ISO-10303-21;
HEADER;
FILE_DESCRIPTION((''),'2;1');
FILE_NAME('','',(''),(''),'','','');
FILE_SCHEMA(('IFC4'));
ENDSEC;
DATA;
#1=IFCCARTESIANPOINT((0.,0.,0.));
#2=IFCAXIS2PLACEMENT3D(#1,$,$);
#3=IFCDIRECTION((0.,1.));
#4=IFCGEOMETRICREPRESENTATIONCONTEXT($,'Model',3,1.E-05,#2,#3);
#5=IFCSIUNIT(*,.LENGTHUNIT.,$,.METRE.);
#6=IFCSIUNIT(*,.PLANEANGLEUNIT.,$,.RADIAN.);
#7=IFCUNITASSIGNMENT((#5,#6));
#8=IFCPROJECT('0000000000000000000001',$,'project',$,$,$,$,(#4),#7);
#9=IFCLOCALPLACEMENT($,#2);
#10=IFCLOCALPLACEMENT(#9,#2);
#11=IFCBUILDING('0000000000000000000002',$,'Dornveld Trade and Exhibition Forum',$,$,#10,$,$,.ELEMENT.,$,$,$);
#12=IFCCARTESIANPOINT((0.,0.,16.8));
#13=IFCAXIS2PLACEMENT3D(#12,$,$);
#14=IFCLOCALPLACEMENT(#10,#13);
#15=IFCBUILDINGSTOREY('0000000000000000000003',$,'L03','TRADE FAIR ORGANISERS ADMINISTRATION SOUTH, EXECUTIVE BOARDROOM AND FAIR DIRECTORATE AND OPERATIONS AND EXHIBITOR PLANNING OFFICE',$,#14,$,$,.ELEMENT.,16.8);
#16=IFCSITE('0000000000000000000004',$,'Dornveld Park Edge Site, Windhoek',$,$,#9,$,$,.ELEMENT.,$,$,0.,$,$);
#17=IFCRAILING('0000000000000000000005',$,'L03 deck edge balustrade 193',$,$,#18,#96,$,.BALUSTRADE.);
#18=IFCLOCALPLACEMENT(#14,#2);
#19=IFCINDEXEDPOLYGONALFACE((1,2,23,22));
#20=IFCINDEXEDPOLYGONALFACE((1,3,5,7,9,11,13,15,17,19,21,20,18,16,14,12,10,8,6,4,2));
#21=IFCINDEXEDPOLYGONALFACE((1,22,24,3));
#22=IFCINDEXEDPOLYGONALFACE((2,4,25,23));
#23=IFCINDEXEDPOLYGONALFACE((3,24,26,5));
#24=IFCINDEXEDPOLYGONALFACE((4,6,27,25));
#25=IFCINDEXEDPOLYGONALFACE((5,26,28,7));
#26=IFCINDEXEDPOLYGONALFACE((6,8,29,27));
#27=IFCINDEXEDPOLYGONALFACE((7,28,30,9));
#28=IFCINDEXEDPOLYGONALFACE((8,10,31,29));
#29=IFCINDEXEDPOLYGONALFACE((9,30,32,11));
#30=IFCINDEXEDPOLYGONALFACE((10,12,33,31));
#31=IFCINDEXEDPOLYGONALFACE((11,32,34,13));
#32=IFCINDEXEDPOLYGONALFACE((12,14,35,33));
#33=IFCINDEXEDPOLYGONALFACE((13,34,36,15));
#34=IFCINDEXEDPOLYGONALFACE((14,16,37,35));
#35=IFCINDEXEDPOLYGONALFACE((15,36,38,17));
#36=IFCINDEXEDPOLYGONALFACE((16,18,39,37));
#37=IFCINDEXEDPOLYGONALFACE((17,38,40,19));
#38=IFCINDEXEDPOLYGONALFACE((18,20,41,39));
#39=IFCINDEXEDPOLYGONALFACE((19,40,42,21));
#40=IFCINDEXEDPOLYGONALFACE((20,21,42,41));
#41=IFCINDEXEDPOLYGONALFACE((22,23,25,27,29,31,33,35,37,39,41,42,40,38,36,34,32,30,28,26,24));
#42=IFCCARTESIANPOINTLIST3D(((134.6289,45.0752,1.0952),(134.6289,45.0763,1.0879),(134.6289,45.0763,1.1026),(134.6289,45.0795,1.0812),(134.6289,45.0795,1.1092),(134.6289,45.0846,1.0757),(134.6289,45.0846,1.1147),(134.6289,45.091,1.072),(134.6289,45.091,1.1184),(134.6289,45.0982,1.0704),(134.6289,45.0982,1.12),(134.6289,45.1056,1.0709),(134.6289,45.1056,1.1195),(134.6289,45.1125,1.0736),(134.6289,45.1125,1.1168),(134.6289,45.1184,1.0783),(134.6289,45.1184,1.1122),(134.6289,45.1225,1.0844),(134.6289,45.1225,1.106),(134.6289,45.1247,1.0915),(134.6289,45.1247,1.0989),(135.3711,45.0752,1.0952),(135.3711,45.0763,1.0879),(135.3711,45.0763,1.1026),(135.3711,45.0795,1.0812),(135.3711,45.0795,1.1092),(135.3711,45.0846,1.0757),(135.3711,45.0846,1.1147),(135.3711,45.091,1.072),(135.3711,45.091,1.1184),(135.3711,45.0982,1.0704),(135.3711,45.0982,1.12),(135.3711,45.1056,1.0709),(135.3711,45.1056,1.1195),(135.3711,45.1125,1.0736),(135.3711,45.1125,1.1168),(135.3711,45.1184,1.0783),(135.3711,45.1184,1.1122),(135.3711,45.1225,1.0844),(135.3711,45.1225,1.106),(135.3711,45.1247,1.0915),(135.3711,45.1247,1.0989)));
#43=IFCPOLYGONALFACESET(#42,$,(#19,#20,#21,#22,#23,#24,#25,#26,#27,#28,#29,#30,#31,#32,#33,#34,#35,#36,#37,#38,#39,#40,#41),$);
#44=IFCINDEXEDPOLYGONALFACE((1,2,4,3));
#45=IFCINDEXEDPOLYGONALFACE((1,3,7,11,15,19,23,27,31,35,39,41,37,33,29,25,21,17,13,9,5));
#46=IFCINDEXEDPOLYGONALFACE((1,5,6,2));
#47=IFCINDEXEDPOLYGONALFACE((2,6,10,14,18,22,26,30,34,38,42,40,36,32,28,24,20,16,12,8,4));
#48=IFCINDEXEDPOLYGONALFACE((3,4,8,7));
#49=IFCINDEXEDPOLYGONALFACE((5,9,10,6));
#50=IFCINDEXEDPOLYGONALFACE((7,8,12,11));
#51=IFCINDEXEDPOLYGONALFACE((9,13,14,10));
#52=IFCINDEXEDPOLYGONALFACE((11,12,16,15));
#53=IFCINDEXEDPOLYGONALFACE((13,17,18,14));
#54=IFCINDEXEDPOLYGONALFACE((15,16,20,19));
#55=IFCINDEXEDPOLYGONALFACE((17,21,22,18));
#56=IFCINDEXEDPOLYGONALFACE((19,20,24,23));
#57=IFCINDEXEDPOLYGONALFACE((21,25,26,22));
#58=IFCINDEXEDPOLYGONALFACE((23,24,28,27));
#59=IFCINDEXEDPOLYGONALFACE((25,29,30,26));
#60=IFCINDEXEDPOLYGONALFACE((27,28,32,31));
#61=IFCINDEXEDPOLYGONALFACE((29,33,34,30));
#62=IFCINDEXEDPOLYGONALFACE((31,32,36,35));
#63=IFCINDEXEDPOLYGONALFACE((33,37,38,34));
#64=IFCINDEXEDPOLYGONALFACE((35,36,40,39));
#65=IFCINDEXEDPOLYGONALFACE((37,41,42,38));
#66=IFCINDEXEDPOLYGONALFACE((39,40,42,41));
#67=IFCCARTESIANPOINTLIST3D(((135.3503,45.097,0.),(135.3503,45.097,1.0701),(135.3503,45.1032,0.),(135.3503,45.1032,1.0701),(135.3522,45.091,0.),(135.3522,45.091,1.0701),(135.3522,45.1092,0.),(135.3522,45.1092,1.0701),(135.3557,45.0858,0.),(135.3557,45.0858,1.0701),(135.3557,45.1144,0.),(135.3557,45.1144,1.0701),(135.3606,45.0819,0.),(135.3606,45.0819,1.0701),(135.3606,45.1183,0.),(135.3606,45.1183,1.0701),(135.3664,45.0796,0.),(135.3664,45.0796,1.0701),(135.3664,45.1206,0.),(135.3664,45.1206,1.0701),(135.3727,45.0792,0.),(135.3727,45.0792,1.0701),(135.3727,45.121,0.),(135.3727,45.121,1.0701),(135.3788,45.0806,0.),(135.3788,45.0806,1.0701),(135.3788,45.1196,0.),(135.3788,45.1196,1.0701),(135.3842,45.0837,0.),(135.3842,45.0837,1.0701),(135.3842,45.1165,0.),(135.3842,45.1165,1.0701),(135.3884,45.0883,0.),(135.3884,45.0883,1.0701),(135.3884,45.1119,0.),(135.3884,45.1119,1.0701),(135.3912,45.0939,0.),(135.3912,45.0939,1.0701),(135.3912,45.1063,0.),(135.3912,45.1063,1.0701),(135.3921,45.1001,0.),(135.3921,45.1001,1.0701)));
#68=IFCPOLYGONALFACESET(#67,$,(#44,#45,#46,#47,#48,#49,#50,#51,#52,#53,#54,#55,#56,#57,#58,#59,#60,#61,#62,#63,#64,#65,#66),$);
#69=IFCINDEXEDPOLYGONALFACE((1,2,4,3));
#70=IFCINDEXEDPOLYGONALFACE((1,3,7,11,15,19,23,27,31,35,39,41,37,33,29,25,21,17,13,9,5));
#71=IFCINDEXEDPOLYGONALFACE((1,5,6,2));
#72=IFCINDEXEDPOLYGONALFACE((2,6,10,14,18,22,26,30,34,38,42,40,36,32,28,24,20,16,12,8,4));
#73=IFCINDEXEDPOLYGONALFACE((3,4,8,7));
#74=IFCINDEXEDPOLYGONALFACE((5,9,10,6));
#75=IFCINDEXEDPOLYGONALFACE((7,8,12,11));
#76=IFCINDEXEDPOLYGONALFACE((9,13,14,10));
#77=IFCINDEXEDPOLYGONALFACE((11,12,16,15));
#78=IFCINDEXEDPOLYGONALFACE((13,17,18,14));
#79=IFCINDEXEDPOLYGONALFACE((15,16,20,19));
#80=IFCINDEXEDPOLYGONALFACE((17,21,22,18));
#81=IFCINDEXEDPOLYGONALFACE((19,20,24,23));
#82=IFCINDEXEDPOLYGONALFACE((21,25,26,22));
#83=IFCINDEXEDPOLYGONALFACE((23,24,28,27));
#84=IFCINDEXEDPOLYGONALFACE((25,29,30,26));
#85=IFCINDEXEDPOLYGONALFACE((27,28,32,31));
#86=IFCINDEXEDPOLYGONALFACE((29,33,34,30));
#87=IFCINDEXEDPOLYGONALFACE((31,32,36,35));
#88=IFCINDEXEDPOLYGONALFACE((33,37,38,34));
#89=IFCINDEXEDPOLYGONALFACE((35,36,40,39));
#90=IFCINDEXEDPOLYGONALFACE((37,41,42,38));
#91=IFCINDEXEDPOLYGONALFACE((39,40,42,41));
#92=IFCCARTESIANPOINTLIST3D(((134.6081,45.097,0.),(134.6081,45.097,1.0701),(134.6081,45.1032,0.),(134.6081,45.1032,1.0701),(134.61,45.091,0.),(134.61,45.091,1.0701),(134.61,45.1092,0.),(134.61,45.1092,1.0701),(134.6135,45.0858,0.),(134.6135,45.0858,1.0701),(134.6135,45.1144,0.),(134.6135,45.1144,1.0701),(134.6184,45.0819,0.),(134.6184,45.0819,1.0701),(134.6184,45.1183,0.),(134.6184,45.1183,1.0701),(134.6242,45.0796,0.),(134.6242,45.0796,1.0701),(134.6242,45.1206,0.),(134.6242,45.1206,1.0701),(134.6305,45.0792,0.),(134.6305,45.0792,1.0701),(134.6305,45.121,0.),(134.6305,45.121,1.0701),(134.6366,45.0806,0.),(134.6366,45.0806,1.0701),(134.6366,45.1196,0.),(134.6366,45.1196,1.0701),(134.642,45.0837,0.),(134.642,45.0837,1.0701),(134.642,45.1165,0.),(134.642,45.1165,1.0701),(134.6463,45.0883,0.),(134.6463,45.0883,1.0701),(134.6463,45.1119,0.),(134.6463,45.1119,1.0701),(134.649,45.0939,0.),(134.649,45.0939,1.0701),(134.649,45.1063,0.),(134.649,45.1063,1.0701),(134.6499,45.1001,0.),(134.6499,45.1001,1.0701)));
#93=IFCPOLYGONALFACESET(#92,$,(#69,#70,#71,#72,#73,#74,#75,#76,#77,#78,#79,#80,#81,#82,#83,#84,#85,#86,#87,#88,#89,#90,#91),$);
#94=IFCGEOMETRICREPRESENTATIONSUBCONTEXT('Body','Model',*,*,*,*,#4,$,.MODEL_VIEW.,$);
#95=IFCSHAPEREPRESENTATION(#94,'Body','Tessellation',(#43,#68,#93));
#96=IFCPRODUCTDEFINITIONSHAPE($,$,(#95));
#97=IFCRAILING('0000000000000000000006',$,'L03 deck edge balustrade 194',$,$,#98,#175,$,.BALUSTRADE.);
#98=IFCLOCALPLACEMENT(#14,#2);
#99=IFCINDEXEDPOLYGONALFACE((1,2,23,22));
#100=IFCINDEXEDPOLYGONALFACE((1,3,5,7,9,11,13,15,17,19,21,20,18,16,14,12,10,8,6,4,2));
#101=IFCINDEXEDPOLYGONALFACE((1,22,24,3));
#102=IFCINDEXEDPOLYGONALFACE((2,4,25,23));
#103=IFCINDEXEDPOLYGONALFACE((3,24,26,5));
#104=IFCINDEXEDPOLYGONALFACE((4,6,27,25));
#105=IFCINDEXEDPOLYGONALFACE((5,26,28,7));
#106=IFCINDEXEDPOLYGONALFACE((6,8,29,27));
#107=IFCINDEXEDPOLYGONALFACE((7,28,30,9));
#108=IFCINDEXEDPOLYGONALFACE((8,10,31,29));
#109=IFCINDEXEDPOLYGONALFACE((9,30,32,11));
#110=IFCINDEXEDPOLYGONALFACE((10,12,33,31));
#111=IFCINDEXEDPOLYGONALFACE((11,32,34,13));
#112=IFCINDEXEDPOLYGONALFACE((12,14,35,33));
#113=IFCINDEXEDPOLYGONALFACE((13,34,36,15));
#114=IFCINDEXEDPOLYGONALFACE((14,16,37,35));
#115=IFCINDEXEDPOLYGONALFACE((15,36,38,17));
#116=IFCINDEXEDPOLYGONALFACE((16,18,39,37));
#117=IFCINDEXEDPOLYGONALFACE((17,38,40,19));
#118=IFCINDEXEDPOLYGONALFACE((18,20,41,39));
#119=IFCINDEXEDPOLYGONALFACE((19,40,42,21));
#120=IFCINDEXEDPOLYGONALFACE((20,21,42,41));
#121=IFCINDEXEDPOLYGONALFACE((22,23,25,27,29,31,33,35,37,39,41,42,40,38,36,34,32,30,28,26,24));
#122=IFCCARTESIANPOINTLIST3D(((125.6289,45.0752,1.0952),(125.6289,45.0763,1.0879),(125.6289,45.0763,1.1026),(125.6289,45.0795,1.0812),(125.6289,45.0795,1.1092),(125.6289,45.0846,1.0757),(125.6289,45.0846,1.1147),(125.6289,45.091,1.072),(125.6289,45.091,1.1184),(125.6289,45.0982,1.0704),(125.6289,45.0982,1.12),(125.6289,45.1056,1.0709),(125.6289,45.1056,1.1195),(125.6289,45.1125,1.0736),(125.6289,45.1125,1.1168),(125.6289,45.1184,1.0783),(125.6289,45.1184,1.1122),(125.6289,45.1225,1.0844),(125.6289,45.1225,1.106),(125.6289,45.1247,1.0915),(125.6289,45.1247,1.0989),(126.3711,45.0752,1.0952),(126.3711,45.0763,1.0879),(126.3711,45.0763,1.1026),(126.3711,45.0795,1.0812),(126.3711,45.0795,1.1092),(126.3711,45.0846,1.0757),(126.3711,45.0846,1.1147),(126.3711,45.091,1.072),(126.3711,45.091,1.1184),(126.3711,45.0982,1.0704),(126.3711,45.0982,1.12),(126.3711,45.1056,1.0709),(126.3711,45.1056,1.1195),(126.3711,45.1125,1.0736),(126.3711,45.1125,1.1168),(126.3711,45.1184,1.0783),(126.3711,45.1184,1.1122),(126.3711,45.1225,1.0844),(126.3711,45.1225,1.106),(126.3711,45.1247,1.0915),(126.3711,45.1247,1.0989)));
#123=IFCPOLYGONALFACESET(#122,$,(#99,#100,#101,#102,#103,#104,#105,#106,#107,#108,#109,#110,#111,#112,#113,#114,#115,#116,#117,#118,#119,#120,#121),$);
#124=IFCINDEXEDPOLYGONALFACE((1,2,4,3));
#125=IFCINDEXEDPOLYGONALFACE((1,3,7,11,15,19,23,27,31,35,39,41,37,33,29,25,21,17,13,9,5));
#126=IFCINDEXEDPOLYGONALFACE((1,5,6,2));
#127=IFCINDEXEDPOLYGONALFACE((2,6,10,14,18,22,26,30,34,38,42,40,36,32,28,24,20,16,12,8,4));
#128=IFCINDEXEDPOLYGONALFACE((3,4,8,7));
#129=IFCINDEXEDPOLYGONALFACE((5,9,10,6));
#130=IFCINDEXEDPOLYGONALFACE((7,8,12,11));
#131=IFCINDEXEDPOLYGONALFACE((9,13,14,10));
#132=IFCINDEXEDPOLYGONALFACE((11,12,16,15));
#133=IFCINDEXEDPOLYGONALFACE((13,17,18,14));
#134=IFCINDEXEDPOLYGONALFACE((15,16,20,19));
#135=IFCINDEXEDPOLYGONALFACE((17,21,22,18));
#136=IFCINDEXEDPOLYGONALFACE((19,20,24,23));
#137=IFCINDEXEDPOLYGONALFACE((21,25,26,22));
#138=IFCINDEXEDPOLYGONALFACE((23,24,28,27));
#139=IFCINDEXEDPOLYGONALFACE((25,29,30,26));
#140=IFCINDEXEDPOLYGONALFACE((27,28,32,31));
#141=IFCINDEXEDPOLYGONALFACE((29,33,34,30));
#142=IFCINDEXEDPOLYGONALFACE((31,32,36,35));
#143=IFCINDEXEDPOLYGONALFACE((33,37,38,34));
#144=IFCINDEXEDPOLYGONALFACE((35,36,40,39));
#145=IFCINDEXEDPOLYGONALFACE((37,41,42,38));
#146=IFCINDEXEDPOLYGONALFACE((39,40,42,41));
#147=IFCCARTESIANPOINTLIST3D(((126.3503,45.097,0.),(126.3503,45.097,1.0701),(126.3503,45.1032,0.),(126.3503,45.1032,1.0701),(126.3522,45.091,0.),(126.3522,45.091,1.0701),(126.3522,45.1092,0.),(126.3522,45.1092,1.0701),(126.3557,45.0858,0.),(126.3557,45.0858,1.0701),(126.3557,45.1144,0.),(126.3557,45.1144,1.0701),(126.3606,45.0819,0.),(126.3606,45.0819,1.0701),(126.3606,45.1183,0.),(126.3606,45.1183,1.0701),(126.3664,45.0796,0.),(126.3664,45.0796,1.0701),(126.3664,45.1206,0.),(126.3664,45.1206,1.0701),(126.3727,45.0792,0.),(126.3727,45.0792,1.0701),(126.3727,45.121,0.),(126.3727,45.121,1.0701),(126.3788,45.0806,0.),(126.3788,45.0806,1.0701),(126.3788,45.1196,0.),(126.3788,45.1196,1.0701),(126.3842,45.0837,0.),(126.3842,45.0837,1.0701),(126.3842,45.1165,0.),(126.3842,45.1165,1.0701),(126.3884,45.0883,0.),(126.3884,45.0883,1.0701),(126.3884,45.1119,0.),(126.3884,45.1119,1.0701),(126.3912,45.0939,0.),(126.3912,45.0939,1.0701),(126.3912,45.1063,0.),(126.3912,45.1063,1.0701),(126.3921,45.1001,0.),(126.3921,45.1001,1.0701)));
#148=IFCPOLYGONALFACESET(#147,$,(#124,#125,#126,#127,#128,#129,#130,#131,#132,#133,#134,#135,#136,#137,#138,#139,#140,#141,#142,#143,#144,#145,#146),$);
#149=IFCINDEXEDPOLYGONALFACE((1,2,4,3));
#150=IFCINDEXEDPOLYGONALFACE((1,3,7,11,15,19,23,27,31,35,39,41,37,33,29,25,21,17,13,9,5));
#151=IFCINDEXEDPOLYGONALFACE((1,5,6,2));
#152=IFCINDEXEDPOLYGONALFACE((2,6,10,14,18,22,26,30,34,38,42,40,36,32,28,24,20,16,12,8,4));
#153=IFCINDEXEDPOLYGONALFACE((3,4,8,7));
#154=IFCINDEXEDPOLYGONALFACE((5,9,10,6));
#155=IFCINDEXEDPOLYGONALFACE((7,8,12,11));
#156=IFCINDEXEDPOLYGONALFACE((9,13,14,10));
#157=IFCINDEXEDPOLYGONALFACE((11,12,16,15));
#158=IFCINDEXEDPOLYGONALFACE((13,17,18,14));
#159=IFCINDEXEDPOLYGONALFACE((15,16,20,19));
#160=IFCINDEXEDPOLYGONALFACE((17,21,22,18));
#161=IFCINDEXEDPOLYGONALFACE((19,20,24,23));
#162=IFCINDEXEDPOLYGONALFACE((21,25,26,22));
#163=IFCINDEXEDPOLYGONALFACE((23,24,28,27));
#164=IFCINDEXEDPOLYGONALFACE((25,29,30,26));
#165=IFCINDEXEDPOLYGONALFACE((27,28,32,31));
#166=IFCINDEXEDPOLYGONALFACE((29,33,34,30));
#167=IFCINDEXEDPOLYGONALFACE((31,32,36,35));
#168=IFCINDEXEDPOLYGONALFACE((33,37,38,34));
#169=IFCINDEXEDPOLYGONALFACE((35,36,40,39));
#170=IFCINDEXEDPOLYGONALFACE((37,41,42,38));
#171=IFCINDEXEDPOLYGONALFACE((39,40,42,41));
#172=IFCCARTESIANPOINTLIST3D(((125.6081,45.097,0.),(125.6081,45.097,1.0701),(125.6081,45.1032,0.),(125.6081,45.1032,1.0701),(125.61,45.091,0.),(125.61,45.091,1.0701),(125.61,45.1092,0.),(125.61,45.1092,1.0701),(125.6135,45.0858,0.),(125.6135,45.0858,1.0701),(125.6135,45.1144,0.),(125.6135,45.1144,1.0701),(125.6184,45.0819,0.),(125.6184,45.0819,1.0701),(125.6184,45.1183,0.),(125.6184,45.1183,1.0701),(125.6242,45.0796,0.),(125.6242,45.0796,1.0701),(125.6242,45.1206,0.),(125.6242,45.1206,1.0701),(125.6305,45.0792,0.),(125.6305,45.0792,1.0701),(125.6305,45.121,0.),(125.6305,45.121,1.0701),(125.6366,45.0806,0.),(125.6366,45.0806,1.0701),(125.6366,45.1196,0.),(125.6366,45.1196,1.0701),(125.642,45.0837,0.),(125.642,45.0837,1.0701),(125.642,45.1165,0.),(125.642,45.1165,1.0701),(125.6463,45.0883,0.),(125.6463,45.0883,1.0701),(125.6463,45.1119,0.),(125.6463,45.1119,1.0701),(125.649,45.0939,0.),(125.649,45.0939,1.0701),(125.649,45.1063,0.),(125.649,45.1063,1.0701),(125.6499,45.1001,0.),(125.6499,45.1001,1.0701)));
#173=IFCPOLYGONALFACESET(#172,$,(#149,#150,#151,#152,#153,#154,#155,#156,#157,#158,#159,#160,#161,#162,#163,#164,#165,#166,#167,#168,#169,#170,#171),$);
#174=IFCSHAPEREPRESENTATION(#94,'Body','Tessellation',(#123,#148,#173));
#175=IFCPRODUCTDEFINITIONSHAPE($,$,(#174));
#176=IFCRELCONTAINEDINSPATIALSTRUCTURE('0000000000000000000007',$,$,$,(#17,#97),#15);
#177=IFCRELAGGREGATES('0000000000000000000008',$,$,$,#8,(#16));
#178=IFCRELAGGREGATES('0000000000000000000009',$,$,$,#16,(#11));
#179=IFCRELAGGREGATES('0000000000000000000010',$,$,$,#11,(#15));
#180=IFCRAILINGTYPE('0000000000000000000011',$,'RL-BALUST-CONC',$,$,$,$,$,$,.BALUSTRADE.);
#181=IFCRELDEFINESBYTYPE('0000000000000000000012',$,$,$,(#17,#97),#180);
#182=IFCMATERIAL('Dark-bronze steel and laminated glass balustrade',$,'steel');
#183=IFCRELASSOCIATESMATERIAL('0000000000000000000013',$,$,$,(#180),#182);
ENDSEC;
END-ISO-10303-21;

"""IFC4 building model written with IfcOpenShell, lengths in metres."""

from ifc_helpers import new_model, si_unit, direction, frame, origin, origin_2d, place, context, subcontext, project, spatial, circle, extrude, material, type_object, element, save


model = new_model("IFC4")

# Units and contexts
model_context = context("Model", 3, precision=1e-05, world=origin(), true_north=direction((0.0, 1.0)))
body_context = subcontext(model_context, "Body", "Model", "MODEL_VIEW")
ifc_project = project(units=[si_unit("LENGTHUNIT", "METRE"), si_unit("PLANEANGLEUNIT", "RADIAN")], contexts=[model_context])

# Site, building, storey
site_placement = place(None, origin())
site = spatial("IfcSite", under=ifc_project, at=site_placement, Name="Dornveld Park Edge Site, Windhoek", CompositionType="ELEMENT", RefElevation=0.0)
building_placement = place(site_placement, origin())
building = spatial("IfcBuilding", under=site, at=building_placement, Name="Dornveld Trade and Exhibition Forum", CompositionType="ELEMENT")
storey_placement = place(building_placement, frame((0.0, 0.0, 16.8)))
storey = spatial("IfcBuildingStorey", under=building, at=storey_placement, Name="L03", Description="TRADE FAIR ORGANISERS ADMINISTRATION SOUTH, EXECUTIVE BOARDROOM AND FAIR DIRECTORATE AND OPERATIONS AND EXHIBITOR PLANNING OFFICE", CompositionType="ELEMENT", Elevation=16.8)

# Railings
ifc_material_1 = material(Name="Dark-bronze steel and laminated glass balustrade", Category="steel")
railing_type = type_object("IfcRailingType", Name="RL-BALUST-CONC", PredefinedType="BALUSTRADE", material=ifc_material_1)
for number, where, name in (
    (1, (135.3711, 45.1001, 0.0), "L03 deck edge balustrade 193"),
    (2, (126.3711, 45.1001, 0.0), "L03 deck edge balustrade 194"),
):
    element("IfcRailing", number, at=place(storey_placement, frame(where)), inside=storey, type_object=railing_type, Name=name, PredefinedType="BALUSTRADE", context=body_context, shape_type="SweptSolid", body=[
        extrude(circle(Radius=0.0249, at=origin_2d()), frame((0.0, 0.0, 1.0952), z_axis=(-1.0, 0.0, 0.0), x_axis=(0.0, -1.0, 0.0)), (0.0, 0.0, 1.0), 0.7422),
        extrude(circle(Radius=0.021, at=origin_2d()), origin(), (0.0, 0.0, 1.0), 1.0701),
        extrude(circle(Radius=0.021, at=origin_2d()), frame((-0.7422, 0.0, 0.0)), (0.0, 0.0, 1.0), 1.0701),
    ])

save(model, "model.ifc")
